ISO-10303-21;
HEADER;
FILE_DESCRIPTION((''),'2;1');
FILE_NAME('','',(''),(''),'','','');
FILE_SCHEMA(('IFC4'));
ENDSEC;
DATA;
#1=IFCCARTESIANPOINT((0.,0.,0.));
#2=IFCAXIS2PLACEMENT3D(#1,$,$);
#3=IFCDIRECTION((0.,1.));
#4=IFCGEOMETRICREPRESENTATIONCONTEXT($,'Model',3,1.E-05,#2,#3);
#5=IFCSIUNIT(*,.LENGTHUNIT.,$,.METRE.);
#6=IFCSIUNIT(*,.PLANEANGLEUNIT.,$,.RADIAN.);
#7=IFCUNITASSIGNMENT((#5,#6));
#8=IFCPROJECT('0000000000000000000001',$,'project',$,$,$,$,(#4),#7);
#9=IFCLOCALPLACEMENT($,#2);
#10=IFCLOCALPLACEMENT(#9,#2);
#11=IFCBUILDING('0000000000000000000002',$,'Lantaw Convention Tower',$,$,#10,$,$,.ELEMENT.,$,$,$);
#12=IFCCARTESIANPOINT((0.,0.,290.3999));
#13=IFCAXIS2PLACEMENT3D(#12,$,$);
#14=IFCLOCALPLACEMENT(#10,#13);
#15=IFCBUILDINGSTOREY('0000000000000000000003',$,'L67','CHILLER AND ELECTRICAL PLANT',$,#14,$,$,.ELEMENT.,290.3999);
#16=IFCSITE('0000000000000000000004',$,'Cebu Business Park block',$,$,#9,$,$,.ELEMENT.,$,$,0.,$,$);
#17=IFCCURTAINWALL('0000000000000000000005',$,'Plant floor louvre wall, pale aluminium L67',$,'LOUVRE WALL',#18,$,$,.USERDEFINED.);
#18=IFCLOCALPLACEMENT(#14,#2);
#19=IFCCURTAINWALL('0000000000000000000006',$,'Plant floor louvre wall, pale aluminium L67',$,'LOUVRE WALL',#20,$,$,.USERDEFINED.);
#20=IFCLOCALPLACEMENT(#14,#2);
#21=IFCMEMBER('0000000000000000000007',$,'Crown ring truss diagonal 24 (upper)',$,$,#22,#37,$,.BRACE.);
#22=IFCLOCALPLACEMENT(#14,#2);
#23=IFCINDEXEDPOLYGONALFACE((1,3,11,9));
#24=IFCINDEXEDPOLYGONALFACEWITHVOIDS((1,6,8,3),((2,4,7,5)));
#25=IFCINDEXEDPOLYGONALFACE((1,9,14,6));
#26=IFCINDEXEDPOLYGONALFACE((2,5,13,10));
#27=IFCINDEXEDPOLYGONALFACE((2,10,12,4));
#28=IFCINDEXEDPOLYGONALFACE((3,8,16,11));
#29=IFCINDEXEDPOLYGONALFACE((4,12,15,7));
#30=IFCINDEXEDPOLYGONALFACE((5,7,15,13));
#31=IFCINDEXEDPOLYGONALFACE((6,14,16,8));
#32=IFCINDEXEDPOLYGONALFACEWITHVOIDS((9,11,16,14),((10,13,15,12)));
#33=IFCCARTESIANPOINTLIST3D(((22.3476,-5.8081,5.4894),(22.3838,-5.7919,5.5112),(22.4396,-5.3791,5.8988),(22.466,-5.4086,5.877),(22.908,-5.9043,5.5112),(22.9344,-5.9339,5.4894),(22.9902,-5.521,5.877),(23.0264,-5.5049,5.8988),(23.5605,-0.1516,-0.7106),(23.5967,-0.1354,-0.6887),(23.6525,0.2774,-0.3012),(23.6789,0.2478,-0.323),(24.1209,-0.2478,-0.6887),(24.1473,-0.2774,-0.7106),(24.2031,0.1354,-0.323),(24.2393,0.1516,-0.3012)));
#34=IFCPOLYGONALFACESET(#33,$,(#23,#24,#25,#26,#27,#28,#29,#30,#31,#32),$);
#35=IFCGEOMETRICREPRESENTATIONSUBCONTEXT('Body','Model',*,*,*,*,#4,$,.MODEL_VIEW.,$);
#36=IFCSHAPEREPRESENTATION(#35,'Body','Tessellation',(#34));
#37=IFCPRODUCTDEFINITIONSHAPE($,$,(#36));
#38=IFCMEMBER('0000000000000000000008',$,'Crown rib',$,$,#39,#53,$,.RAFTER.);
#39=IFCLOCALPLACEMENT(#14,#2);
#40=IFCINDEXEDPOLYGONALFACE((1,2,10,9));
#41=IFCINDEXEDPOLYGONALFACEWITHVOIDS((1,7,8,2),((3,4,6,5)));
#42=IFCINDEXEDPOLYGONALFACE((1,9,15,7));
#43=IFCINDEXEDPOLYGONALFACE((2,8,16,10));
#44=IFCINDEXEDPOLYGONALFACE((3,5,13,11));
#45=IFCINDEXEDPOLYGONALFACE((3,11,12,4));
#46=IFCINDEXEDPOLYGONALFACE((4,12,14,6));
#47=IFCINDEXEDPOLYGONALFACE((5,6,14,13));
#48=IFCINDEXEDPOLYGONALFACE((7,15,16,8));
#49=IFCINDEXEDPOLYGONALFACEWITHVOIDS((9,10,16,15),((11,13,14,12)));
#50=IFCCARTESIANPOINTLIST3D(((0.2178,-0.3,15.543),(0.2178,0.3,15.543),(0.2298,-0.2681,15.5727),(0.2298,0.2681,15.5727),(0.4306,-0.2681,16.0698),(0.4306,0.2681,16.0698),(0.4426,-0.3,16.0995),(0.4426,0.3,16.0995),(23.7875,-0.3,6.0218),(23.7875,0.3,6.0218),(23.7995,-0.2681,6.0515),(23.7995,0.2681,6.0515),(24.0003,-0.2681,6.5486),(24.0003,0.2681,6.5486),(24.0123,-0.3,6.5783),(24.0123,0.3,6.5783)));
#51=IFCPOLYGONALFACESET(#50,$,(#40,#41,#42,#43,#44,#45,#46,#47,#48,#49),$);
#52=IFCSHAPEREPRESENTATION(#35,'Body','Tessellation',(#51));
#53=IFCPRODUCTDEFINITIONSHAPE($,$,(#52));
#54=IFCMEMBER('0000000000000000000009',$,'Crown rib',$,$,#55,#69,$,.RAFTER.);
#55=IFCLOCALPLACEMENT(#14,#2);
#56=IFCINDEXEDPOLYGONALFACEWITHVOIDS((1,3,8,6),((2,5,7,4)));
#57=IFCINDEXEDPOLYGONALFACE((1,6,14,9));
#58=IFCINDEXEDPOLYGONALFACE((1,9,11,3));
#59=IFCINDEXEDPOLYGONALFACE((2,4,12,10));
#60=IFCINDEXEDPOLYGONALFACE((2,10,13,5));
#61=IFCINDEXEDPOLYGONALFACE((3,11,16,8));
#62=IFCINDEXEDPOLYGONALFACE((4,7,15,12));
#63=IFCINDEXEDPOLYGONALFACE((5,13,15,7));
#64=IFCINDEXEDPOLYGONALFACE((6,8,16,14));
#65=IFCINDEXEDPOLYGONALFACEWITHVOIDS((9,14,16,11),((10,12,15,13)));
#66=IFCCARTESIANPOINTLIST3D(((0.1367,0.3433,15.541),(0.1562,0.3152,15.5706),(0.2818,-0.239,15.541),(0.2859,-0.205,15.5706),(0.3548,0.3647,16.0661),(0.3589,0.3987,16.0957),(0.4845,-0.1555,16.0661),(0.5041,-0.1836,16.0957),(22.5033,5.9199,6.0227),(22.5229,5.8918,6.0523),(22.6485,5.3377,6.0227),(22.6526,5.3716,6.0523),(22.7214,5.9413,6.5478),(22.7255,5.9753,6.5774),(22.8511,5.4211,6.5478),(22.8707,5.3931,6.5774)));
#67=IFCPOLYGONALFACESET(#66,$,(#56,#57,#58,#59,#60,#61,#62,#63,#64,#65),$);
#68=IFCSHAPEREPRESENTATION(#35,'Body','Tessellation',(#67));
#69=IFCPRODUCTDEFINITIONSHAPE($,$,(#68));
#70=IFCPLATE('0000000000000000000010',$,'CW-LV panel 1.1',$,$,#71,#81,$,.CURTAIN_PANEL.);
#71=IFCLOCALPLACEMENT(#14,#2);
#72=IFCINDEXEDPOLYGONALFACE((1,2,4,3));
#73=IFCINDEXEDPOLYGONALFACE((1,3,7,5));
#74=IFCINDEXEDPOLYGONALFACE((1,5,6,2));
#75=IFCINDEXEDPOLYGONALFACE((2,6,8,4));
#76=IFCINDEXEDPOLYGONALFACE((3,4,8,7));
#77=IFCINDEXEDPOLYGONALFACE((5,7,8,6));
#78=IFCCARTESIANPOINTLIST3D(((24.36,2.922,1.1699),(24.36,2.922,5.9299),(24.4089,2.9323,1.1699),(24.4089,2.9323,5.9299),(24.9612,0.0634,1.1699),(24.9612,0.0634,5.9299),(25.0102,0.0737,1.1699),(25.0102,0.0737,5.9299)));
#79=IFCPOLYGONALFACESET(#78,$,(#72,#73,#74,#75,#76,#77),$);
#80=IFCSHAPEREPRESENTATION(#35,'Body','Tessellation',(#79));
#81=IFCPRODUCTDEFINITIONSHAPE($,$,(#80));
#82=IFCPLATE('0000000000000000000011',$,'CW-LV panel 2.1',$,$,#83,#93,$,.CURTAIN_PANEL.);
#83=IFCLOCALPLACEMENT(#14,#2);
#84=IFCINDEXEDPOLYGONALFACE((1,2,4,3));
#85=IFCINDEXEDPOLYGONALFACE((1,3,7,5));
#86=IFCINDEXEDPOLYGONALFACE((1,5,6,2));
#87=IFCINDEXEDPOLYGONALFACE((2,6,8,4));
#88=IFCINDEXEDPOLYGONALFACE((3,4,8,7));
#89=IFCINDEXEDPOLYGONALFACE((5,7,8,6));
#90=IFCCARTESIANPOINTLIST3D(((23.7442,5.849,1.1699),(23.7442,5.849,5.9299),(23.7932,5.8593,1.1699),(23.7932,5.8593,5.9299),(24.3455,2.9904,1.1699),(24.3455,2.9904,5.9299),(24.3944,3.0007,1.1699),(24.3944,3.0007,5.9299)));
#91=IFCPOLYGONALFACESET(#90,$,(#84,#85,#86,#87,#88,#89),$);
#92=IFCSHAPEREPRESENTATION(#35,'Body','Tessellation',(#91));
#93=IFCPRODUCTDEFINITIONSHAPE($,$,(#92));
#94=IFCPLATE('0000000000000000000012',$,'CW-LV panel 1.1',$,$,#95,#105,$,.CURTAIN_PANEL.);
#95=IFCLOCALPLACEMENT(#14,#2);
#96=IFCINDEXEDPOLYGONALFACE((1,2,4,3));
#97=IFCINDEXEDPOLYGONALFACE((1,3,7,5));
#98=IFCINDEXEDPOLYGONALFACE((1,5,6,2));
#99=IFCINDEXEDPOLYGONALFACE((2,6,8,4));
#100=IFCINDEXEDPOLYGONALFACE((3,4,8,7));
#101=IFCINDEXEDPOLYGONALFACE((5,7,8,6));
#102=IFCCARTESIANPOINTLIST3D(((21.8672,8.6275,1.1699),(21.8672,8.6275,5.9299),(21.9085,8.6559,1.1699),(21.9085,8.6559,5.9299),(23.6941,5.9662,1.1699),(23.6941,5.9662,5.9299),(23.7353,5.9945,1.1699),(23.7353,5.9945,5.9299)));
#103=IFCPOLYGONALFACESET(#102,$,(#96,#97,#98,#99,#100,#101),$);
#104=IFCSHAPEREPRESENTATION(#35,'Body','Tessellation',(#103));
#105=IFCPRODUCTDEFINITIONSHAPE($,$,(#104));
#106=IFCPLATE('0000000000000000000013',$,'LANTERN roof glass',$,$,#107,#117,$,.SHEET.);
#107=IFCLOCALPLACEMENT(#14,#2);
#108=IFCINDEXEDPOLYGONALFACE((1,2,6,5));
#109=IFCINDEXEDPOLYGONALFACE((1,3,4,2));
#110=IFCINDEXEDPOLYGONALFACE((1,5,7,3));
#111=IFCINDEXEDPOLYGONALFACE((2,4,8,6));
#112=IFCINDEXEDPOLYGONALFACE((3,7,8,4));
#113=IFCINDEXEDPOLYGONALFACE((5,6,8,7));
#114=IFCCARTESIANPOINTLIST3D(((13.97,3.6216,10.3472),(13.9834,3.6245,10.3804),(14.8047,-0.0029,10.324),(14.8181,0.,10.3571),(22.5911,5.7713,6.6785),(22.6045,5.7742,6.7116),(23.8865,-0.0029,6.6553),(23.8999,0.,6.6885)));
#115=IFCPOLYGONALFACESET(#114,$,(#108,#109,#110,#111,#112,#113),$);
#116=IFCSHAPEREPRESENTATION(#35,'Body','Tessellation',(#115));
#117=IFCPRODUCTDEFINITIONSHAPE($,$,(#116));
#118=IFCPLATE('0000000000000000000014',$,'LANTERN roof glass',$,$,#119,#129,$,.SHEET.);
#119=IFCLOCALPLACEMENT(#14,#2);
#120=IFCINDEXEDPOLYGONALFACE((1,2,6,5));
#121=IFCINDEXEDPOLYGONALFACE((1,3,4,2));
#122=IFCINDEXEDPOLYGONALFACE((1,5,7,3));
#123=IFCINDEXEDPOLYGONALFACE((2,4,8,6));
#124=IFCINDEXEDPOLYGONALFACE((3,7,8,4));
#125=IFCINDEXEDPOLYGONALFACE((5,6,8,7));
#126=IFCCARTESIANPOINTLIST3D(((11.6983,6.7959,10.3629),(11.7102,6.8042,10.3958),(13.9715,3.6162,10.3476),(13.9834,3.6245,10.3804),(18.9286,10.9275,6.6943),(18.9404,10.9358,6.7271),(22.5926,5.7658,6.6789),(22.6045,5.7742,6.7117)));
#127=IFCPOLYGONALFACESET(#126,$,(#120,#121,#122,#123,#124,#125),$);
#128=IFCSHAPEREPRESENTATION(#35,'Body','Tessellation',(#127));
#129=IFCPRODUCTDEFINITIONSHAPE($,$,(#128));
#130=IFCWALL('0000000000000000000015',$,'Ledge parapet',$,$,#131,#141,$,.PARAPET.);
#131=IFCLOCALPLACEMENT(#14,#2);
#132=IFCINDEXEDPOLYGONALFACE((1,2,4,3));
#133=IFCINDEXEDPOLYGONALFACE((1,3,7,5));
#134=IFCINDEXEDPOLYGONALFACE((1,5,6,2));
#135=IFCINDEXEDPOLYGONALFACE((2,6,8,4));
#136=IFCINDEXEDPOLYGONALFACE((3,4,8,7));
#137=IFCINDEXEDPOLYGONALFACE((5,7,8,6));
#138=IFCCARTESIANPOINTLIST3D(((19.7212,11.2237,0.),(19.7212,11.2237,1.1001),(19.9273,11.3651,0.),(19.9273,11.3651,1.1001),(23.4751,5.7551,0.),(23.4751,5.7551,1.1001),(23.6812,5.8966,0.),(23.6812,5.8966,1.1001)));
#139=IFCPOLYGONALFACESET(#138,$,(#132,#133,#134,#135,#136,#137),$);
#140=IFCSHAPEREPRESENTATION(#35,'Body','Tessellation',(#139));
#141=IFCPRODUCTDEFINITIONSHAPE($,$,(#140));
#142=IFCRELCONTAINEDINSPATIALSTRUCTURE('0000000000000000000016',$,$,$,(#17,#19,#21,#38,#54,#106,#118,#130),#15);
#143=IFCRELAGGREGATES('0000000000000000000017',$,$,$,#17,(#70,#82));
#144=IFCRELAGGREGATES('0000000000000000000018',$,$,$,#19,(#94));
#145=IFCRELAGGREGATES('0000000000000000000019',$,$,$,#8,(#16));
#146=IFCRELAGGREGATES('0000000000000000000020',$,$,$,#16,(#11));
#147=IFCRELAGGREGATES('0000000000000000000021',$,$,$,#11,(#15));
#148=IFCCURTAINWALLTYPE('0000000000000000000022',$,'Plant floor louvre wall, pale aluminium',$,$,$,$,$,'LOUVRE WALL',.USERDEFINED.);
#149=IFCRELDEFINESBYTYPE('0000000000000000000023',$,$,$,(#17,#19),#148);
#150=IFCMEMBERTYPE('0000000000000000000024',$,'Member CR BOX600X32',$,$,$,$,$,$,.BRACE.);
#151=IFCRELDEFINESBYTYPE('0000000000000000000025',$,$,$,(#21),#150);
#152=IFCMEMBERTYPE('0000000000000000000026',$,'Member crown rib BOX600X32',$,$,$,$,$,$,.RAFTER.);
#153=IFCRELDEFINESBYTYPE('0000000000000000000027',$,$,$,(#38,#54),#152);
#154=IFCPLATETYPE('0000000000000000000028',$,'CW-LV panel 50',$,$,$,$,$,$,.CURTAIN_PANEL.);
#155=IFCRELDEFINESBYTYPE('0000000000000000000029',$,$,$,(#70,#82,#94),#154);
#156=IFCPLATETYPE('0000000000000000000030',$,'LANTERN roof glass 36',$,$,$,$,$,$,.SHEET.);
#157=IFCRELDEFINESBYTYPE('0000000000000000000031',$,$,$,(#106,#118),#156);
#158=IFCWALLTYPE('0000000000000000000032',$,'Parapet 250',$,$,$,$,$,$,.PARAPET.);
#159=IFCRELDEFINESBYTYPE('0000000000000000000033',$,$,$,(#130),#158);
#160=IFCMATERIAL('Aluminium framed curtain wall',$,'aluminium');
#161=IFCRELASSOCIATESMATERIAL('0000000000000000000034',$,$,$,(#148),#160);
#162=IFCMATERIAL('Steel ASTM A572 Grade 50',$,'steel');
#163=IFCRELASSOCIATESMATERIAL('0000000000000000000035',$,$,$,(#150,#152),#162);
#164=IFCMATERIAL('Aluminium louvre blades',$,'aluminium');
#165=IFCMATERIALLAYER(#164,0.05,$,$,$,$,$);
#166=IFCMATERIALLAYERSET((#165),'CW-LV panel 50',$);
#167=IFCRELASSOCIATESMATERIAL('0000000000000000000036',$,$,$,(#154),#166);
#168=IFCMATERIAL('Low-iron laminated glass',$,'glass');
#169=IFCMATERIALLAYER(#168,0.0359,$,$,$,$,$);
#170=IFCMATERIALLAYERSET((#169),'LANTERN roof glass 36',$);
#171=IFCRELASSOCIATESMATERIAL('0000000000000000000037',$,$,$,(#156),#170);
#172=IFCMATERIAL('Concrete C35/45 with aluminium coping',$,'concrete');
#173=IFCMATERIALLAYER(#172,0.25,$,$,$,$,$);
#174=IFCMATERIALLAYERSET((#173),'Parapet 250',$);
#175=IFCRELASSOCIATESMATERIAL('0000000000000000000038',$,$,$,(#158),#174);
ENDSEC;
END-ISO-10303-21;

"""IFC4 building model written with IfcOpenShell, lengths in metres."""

from ifc_helpers import new_model, si_unit, direction, frame, frame_2d, origin, origin_2d, place, context, subcontext, project, spatial, polyline, rectangle, hollow_rectangle, outline, extrude, material, layer, layer_set, material_profile, profile_set, type_object, element, aggregate, save


model = new_model("IFC4")

# Units and contexts
model_context = context("Model", 3, precision=1e-05, world=origin(), true_north=direction((0.0, 1.0)))
body_context = subcontext(model_context, "Body", "Model", "MODEL_VIEW")
ifc_project = project(units=[si_unit("LENGTHUNIT", "METRE"), si_unit("PLANEANGLEUNIT", "RADIAN")], contexts=[model_context])

# Site, building, storey
site_placement = place(None, origin())
site = spatial("IfcSite", under=ifc_project, at=site_placement, Name="Cebu Business Park block", CompositionType="ELEMENT", RefElevation=0.0)
building_placement = place(site_placement, origin())
building = spatial("IfcBuilding", under=site, at=building_placement, Name="Lantaw Convention Tower", CompositionType="ELEMENT")
storey_placement = place(building_placement, frame((0.0, 0.0, 290.3999)))
storey = spatial("IfcBuildingStorey", under=building, at=storey_placement, Name="L67", Description="CHILLER AND ELECTRICAL PLANT", CompositionType="ELEMENT", Elevation=290.3999)

# Shared definitions
ifc_material_1 = material(Name="Steel ASTM A572 Grade 50", Category="steel")

# Curtain wall
ifc_material_2 = material(Name="Aluminium framed curtain wall", Category="aluminium")
curtain_wall_type = type_object("IfcCurtainWallType", Name="Plant floor louvre wall, pale aluminium", ElementType="LOUVRE WALL", PredefinedType="USERDEFINED", material=ifc_material_2)
curtain_wall_1_placement = place(storey_placement, origin())
curtain_wall_1 = element("IfcCurtainWall", 1, at=curtain_wall_1_placement, inside=storey, type_object=curtain_wall_type, Name="Plant floor louvre wall, pale aluminium L67", ObjectType="LOUVRE WALL", PredefinedType="USERDEFINED")

# Curtain wall
curtain_wall_2_placement = place(storey_placement, origin())
curtain_wall_2 = element("IfcCurtainWall", 2, at=curtain_wall_2_placement, inside=storey, type_object=curtain_wall_type, Name="Plant floor louvre wall, pale aluminium L67", ObjectType="LOUVRE WALL", PredefinedType="USERDEFINED")

# Members
ifc_material_profile_1 = material_profile(ifc_material_1, hollow_rectangle(XDim=0.6001, YDim=0.6001, WallThickness=0.032, at=origin_2d()), Name="BOX600X32")
ifc_profile_set_1 = profile_set([ifc_material_profile_1], Name="Steel ASTM A572 Grade 50")
member_type_1 = type_object("IfcMemberType", Name="Member CR BOX600X32", PredefinedType="BRACE", material=ifc_profile_set_1)
for number, where, z_axis, x_axis, name in (
    (3, (23.8999, 0.0, -0.5059), (-0.143034, -0.667058, 0.731147), (0.977775, -0.209659, 0.0), "Crown ring truss diagonal 24 (upper)"),
):
    element("IfcMember", number, at=place(storey_placement, frame(where, z_axis=z_axis, x_axis=x_axis)), inside=storey, type_object=member_type_1, Name=name, PredefinedType="BRACE", context=body_context, shape_type="SweptSolid", body=[
        extrude(hollow_rectangle(XDim=0.6001, YDim=0.6001, WallThickness=0.032, at=origin_2d()), origin(), (0.0, 0.0, 1.0), 8.4797),
    ])
ifc_material_profile_2 = material_profile(ifc_material_1, hollow_rectangle(XDim=0.6001, YDim=0.6001, WallThickness=0.032, at=origin_2d()), Name="BOX600X32")
ifc_profile_set_2 = profile_set([ifc_material_profile_2], Name="Steel ASTM A572 Grade 50")
member_type_2 = type_object("IfcMemberType", Name="Member crown rib BOX600X32", PredefinedType="RAFTER", material=ifc_profile_set_2)
member_1_placement = place(storey_placement, frame((23.8999, 0.0, 6.3), z_axis=(-0.927206, 0.0, 0.374553), x_axis=(0.0, -1.0, 0.0)))
element("IfcMember", 4, at=member_1_placement, inside=storey, type_object=member_type_2, Name="Crown rib", PredefinedType="RAFTER", context=body_context, shape_type="SweptSolid", body=[
    extrude(hollow_rectangle(XDim=0.6001, YDim=0.6001, WallThickness=0.032, at=origin_2d()), origin(), (0.0, 0.0, 1.0), 25.4202),
])
member_2_placement = place(storey_placement, frame((22.687, 5.6565, 6.3), z_axis=(-0.896847, -0.22361, 0.38166), x_axis=(0.241923, -0.970296, 0.0)))
element("IfcMember", 5, at=member_2_placement, inside=storey, type_object=member_type_2, Name="Crown rib", PredefinedType="RAFTER", context=body_context, shape_type="SweptSolid", body=[
    extrude(hollow_rectangle(XDim=0.6001, YDim=0.6001, WallThickness=0.032, at=origin_2d()), origin(), (0.0, 0.0, 1.0), 24.9392),
])

# Plates
ifc_material_3 = material(Name="Aluminium louvre blades", Category="aluminium")
ifc_layer_1 = layer(ifc_material_3, 0.05)
ifc_layer_set_1 = layer_set([ifc_layer_1], Name="CW-LV panel 50")
plate_type_1 = type_object("IfcPlateType", Name="CW-LV panel 50", PredefinedType="CURTAIN_PANEL", material=ifc_layer_set_1)
plate_1_placement = place(storey_placement, frame((24.6851, 1.4978, 1.1699), z_axis=(0.0, 0.0, 1.0), x_axis=(-0.205814, 0.978591, 0.0)))
plate_1 = element("IfcPlate", 6, at=plate_1_placement, type_object=plate_type_1, Name="CW-LV panel 1.1", PredefinedType="CURTAIN_PANEL", context=body_context, shape_type="SweptSolid", body=[
    extrude(rectangle(XDim=2.9211, YDim=0.05, at=origin_2d()), origin(), (0.0, 0.0, 1.0), 4.76),
])
plate_2_placement = place(storey_placement, frame((24.0693, 4.4248, 1.1699), z_axis=(0.0, 0.0, 1.0), x_axis=(-0.205814, 0.978591, 0.0)))
plate_2 = element("IfcPlate", 7, at=plate_2_placement, type_object=plate_type_1, Name="CW-LV panel 2.1", PredefinedType="CURTAIN_PANEL", context=body_context, shape_type="SweptSolid", body=[
    extrude(rectangle(XDim=2.9211, YDim=0.05, at=origin_2d()), origin(), (0.0, 0.0, 1.0), 4.76),
])
aggregate(curtain_wall_1, [plate_1, plate_2])
plate_3_placement = place(storey_placement, frame((22.8013, 7.311, 1.1699), z_axis=(0.0, 0.0, 1.0), x_axis=(-0.565935, 0.82445, 0.0)))
plate_3 = element("IfcPlate", 8, at=plate_3_placement, type_object=plate_type_1, Name="CW-LV panel 1.1", PredefinedType="CURTAIN_PANEL", context=body_context, shape_type="SweptSolid", body=[
    extrude(rectangle(XDim=3.228, YDim=0.05, at=origin_2d()), origin(), (0.0, 0.0, 1.0), 4.76),
])
aggregate(curtain_wall_2, [plate_3])

# Plates
ifc_material_4 = material(Name="Low-iron laminated glass", Category="glass")
ifc_layer_2 = layer(ifc_material_4, 0.0359)
ifc_layer_set_2 = layer_set([ifc_layer_2], Name="LANTERN roof glass 36")
plate_type_2 = type_object("IfcPlateType", Name="LANTERN roof glass 36", PredefinedType="SHEET", material=ifc_layer_set_2)
plate_4_placement = place(storey_placement, frame((23.8999, 0.0, 6.6885), z_axis=(0.373349, 0.080055, 0.92423), x_axis=(-0.218906, 0.975738, 0.003912)))
element("IfcPlate", 9, at=plate_4_placement, inside=storey, type_object=plate_type_2, Name="LANTERN roof glass", PredefinedType="SHEET", context=body_context, shape_type="SweptSolid", body=[
    extrude(outline(polyline([(0.0, 0.0), (5.9177, 0.0), (5.7218, 9.6107), (2.0024, 9.5879), (0.0, 0.0)])), origin(), (0.0, 0.0, -1.0), 0.0359),
])
plate_5_placement = place(storey_placement, frame((22.6045, 5.7742, 6.7117), z_axis=(0.331221, 0.232387, 0.914488), x_axis=(-0.578845, 0.815434, 0.002438)))
element("IfcPlate", 10, at=plate_5_placement, inside=storey, type_object=plate_type_2, Name="LANTERN roof glass", PredefinedType="SHEET", context=body_context, shape_type="SweptSolid", body=[
    extrude(outline(polyline([(0.0, 0.0), (6.3299, 0.0), (7.155, 9.0623), (3.2463, 9.0479), (0.0, 0.0)])), origin(), (0.0, 0.0, -1.0), 0.0359),
])

# Wall
ifc_material_5 = material(Name="Concrete C35/45 with aluminium coping", Category="concrete")
ifc_layer_3 = layer(ifc_material_5, 0.25)
ifc_layer_set_3 = layer_set([ifc_layer_3], Name="Parapet 250")
wall_type = type_object("IfcWallType", Name="Parapet 250", PredefinedType="PARAPET", material=ifc_layer_set_3)
wall_placement = place(storey_placement, frame((23.5781, 5.8259, 0.0), z_axis=(0.0, 0.0, 1.0), x_axis=(-0.565946, 0.824442, 0.0)))
element("IfcWall", 11, at=wall_placement, inside=storey, type_object=wall_type, Name="Ledge parapet", PredefinedType="PARAPET", context=body_context, shape_type="SweptSolid", body=[
    extrude(rectangle(XDim=6.6331, YDim=0.25, at=frame_2d((3.3164, 0.0))), origin(), (0.0, 0.0, 1.0), 1.1001),
])

save(model, "model.ifc")
